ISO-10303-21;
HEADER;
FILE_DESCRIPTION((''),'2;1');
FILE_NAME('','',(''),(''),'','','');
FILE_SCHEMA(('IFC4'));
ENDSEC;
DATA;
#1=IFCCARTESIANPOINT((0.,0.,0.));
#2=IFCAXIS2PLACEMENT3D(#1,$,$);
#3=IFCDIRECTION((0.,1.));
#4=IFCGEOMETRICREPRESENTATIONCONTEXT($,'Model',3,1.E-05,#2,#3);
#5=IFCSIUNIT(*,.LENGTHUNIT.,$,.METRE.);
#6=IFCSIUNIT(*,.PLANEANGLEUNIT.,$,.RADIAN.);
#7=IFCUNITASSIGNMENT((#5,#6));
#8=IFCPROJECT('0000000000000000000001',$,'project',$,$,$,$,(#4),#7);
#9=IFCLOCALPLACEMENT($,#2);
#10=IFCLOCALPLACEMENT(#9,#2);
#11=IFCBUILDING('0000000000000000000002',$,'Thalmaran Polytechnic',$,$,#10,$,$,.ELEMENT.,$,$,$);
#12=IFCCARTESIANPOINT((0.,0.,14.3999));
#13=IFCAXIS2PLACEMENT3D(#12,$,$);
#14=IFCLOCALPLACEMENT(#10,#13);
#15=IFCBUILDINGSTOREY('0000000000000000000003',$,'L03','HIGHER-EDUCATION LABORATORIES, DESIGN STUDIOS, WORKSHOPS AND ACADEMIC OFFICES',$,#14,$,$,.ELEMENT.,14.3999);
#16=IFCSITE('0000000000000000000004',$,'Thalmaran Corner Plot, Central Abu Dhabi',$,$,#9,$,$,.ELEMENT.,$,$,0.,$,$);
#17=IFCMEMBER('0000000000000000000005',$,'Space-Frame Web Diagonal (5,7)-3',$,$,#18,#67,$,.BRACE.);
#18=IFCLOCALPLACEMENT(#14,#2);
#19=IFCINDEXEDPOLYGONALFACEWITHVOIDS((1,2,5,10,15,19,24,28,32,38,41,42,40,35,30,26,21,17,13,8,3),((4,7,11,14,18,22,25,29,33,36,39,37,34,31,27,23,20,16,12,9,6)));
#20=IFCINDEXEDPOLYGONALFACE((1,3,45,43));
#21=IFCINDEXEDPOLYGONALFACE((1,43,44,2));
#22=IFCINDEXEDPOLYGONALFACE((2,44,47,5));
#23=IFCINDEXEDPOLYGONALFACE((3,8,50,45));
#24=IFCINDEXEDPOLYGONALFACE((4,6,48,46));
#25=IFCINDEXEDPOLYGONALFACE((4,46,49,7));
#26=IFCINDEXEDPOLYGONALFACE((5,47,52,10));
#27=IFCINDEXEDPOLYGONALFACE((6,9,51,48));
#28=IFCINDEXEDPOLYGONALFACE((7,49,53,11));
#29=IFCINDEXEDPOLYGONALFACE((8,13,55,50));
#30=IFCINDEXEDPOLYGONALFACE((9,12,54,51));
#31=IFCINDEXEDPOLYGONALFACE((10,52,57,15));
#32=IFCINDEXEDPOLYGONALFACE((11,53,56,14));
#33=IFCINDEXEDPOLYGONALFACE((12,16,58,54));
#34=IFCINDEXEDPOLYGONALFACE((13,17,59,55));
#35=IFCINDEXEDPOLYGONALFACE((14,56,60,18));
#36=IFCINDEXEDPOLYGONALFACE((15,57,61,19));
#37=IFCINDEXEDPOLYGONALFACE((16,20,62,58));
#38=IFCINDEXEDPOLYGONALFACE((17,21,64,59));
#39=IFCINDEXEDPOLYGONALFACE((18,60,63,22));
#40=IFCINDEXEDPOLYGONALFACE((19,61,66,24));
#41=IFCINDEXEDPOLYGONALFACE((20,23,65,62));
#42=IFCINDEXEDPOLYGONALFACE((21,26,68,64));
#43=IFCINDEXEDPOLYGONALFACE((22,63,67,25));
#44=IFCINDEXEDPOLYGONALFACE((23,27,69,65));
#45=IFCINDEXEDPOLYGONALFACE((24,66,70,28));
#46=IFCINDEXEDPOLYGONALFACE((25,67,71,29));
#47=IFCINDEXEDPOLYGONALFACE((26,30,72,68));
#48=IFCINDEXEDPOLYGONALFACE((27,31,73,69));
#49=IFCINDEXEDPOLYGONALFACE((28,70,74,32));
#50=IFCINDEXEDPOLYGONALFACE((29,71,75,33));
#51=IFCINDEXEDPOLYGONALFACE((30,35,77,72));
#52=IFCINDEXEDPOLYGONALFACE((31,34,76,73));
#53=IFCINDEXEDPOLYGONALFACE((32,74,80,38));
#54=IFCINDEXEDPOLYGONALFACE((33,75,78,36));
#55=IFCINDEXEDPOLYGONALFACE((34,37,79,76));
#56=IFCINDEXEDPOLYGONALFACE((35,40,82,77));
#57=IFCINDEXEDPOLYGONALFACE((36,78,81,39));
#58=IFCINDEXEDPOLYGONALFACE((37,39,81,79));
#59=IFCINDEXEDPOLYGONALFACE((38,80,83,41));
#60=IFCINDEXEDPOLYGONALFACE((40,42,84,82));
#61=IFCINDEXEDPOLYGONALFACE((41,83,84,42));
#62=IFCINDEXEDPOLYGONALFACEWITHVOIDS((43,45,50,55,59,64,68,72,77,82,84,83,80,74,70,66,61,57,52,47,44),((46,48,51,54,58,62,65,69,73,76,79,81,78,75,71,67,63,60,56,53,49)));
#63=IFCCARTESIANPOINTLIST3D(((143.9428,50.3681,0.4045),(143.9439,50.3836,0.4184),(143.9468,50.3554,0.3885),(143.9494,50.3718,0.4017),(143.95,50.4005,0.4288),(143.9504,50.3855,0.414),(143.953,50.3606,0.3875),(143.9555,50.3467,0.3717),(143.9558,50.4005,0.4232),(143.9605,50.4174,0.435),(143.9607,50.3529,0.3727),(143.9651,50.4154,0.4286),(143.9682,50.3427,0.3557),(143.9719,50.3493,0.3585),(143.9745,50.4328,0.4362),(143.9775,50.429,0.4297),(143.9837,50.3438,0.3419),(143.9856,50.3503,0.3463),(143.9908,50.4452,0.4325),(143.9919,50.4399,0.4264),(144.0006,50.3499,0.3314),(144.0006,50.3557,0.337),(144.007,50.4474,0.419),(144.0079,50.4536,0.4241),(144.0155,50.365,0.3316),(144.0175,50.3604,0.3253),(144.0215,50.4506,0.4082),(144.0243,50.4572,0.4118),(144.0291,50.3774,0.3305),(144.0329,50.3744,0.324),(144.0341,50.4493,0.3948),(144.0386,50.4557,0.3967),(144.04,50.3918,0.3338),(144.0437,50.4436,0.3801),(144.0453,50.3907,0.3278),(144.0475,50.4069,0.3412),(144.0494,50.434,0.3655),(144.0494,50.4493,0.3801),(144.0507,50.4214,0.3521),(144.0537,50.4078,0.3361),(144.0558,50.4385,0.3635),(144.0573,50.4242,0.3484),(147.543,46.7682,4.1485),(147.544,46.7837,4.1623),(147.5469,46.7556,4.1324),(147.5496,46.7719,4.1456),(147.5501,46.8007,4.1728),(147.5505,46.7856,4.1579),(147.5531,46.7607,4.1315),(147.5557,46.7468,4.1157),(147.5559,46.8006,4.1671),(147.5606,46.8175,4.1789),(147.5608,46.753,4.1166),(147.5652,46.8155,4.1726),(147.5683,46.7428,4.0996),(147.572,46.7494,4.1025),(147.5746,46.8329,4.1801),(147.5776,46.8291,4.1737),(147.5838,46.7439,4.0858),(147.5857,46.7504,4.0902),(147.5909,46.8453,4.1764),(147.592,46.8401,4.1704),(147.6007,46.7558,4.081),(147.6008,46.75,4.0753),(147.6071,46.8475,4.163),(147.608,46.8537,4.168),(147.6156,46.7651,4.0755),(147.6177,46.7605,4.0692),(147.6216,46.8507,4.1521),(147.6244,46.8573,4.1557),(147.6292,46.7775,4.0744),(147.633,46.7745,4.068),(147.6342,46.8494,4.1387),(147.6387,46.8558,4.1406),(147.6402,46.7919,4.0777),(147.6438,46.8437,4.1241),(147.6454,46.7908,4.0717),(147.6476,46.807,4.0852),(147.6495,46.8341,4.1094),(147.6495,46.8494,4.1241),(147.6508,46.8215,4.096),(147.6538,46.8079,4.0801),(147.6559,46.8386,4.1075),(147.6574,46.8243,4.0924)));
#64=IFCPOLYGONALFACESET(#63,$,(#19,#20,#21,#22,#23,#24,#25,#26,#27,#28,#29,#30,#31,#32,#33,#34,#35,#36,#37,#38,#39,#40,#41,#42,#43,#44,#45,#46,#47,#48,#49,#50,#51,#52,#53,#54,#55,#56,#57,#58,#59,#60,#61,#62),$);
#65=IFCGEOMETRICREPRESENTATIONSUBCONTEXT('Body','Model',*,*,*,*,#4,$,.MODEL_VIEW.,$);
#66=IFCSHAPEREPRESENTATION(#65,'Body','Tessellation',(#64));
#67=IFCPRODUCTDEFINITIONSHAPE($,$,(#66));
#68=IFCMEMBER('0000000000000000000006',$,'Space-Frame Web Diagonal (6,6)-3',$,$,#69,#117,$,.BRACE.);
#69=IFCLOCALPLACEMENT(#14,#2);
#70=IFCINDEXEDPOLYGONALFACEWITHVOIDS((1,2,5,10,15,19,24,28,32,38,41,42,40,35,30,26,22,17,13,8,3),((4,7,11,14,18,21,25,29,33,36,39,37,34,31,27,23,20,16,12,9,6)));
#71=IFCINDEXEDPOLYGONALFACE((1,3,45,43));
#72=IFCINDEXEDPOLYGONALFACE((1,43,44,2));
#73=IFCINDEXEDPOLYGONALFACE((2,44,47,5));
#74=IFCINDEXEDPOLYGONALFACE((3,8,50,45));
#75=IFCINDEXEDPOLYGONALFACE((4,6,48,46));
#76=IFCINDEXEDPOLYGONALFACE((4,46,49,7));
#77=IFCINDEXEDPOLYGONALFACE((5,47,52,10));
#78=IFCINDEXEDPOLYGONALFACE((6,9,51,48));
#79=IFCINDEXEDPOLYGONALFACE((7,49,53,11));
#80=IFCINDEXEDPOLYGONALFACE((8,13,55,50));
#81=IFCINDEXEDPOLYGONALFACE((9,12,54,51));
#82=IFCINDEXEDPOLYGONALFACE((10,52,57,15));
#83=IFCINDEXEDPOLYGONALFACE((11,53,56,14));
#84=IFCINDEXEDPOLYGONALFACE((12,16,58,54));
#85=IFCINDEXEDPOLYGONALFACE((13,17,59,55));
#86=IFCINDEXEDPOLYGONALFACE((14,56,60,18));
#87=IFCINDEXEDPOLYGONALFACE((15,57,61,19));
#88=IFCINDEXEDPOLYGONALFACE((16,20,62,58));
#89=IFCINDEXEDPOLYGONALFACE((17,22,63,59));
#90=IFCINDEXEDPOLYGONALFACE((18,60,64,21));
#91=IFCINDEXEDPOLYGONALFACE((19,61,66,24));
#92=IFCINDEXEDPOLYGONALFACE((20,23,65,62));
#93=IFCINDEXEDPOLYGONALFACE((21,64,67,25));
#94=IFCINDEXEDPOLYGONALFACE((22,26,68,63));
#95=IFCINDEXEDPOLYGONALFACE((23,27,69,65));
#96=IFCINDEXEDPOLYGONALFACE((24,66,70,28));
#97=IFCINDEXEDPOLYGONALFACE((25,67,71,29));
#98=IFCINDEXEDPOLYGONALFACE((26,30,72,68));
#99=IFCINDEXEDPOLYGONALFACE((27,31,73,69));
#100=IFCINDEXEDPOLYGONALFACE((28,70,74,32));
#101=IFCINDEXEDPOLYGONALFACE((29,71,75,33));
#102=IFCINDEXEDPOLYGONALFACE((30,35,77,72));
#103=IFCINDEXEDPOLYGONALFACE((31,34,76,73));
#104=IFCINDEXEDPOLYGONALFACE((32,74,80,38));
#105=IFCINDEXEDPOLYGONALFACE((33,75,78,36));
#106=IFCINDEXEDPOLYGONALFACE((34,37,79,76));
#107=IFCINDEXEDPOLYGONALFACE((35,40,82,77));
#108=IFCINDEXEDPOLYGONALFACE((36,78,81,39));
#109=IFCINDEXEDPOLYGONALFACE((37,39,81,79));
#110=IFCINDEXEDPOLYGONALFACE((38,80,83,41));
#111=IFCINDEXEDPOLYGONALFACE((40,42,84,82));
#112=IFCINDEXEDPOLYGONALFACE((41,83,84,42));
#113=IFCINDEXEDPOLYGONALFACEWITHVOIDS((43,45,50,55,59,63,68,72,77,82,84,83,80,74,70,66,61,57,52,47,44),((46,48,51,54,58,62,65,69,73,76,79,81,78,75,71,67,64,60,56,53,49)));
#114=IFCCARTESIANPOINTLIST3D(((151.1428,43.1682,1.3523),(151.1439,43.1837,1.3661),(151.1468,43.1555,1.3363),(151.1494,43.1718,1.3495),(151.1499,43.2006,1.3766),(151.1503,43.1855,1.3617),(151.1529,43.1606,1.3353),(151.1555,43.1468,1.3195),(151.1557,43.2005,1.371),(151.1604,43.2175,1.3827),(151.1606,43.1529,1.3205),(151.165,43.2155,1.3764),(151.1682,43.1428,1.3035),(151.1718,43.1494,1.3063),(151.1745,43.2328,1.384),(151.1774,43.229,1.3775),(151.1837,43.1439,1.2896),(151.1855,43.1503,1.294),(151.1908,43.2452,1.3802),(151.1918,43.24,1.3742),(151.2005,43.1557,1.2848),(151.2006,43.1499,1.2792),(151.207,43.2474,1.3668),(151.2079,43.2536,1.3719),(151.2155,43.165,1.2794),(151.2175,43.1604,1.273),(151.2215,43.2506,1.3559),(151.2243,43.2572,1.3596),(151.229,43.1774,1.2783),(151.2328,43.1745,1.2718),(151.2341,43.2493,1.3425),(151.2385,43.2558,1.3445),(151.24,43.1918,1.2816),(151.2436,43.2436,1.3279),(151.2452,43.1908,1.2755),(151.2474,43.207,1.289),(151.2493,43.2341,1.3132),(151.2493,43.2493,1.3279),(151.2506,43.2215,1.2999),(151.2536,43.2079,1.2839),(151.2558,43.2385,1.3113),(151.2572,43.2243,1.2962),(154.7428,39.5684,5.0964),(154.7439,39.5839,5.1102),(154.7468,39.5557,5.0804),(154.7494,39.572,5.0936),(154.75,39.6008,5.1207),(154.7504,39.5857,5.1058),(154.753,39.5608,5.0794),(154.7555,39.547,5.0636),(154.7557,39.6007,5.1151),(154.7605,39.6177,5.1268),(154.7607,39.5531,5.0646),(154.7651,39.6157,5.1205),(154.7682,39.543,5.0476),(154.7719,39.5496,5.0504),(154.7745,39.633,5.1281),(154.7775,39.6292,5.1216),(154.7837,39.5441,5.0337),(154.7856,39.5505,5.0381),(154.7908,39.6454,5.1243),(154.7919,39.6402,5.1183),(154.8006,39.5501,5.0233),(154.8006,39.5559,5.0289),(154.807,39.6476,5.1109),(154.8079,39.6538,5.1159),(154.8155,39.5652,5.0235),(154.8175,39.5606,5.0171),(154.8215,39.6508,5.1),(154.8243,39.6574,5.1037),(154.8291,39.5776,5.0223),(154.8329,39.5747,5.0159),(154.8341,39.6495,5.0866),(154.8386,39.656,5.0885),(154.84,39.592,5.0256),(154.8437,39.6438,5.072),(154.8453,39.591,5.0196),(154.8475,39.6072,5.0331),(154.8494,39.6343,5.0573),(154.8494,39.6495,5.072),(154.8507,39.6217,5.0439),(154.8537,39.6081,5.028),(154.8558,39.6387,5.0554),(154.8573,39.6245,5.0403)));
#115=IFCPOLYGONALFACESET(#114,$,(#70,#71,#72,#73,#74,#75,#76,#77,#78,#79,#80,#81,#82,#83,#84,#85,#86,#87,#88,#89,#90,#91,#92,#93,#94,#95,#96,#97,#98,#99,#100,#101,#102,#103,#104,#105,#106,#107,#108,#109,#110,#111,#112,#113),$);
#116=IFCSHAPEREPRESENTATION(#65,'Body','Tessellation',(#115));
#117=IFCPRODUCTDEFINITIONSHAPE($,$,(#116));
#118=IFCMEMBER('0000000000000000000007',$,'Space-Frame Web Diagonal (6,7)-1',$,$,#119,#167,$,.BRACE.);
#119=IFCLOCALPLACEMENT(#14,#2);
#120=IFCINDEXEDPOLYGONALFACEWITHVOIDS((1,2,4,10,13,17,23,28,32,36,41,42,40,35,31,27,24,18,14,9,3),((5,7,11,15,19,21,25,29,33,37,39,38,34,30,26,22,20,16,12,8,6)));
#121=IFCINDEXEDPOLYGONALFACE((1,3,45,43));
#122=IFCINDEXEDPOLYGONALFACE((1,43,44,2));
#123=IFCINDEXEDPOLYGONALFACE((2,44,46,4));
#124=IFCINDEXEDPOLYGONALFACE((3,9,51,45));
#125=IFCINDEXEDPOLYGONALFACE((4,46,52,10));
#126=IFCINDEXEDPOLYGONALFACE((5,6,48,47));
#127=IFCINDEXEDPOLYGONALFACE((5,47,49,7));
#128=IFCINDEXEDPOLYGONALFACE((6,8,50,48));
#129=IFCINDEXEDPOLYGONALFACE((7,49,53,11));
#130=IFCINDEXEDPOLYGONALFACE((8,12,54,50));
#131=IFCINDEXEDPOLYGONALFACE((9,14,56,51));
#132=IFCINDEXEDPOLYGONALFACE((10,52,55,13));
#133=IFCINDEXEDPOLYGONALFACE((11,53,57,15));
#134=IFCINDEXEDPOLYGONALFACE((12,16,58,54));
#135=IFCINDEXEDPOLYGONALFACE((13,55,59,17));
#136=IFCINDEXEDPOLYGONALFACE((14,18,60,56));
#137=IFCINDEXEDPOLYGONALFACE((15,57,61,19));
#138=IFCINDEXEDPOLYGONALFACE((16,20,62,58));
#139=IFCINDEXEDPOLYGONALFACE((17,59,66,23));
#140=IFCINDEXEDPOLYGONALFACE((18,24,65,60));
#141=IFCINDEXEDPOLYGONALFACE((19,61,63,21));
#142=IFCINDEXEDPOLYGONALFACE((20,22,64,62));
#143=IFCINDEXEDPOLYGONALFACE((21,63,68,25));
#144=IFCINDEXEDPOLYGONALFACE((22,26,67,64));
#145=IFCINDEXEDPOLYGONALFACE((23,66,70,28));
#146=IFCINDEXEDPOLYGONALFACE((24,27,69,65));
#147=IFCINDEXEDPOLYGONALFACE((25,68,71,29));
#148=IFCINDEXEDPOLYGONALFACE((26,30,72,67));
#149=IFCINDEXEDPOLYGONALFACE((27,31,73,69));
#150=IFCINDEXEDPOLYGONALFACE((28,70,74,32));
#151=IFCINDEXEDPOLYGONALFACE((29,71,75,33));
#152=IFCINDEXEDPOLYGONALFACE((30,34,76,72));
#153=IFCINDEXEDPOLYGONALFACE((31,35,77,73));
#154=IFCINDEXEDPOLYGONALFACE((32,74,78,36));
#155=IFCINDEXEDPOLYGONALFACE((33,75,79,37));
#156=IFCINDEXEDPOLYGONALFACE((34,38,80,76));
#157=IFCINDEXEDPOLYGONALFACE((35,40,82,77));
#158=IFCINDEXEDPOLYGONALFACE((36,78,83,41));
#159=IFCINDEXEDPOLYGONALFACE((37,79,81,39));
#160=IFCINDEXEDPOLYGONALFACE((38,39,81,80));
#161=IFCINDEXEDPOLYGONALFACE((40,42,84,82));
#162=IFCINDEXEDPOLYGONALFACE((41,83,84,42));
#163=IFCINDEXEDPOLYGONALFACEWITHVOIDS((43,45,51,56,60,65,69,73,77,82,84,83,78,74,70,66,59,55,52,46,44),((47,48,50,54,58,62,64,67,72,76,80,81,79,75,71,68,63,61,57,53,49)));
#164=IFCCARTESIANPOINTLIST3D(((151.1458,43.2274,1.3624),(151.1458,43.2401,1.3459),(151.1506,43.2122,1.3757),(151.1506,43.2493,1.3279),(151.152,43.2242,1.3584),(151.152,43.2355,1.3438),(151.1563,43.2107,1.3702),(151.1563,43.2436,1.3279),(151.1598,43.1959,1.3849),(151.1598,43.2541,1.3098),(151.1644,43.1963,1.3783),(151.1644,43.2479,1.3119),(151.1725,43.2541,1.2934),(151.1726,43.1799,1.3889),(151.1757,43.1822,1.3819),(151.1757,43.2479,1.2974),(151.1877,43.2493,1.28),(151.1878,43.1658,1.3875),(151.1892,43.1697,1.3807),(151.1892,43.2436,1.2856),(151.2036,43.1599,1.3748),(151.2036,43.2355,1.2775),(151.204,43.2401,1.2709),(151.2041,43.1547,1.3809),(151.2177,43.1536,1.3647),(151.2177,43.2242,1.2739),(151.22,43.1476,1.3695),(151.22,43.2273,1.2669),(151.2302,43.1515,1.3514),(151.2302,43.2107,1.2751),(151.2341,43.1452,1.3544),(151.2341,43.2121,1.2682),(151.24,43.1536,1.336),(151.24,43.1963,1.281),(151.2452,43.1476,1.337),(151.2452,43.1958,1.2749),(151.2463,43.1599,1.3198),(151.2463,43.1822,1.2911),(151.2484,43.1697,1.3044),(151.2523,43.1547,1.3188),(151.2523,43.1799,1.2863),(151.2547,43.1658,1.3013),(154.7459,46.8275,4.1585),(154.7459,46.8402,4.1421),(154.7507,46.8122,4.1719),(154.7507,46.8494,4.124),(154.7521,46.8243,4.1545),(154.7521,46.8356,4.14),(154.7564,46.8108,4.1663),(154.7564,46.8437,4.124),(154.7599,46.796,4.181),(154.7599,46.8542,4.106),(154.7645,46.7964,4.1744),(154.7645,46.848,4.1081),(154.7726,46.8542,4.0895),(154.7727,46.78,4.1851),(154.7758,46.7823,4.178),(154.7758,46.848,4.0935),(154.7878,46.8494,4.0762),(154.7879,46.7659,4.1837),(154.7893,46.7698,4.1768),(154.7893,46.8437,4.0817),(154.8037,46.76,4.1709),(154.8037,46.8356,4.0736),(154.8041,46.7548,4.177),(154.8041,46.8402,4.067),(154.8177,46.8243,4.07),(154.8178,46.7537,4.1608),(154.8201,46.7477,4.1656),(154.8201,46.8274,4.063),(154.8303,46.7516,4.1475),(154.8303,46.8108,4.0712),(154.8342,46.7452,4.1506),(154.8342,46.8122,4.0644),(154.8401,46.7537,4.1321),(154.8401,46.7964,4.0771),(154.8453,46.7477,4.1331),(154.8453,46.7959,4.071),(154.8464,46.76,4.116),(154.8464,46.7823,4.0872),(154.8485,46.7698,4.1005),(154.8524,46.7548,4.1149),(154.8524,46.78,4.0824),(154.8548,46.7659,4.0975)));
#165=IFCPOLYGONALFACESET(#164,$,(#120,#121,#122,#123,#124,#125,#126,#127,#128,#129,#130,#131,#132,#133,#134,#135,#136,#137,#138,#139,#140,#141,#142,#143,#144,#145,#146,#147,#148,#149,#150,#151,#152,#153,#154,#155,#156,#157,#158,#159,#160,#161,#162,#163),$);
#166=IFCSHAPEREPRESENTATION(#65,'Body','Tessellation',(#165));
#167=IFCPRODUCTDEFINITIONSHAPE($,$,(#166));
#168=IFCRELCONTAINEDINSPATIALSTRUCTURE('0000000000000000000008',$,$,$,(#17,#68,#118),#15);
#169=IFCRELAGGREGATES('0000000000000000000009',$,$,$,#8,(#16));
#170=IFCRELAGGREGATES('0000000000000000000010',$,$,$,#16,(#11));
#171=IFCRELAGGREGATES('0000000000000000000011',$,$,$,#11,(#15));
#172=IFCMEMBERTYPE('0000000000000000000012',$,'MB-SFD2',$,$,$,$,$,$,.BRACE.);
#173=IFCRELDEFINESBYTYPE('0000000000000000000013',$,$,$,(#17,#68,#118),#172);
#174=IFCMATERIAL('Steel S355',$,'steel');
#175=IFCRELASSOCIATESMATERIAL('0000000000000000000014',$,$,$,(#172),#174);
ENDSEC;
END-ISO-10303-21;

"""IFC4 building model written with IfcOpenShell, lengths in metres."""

from ifc_helpers import new_model, si_unit, direction, frame, origin, origin_2d, place, context, subcontext, project, spatial, hollow_circle, extrude, material, material_profile, profile_set, type_object, element, save


model = new_model("IFC4")

# Units and contexts
model_context = context("Model", 3, precision=1e-05, world=origin(), true_north=direction((0.0, 1.0)))
body_context = subcontext(model_context, "Body", "Model", "MODEL_VIEW")
ifc_project = project(units=[si_unit("LENGTHUNIT", "METRE"), si_unit("PLANEANGLEUNIT", "RADIAN")], contexts=[model_context])

# Site, building, storey
site_placement = place(None, origin())
site = spatial("IfcSite", under=ifc_project, at=site_placement, Name="Thalmaran Corner Plot, Central Abu Dhabi", CompositionType="ELEMENT", RefElevation=0.0)
building_placement = place(site_placement, origin())
building = spatial("IfcBuilding", under=site, at=building_placement, Name="Thalmaran Polytechnic", CompositionType="ELEMENT")
storey_placement = place(building_placement, frame((0.0, 0.0, 14.3999)))
storey = spatial("IfcBuildingStorey", under=building, at=storey_placement, Name="L03", Description="HIGHER-EDUCATION LABORATORIES, DESIGN STUDIOS, WORKSHOPS AND ACADEMIC OFFICES", CompositionType="ELEMENT", Elevation=14.3999)

# Shared definitions
ifc_material_1 = material(Name="Steel S355", Category="steel")

# Members
ifc_material_profile_1 = material_profile(ifc_material_1, hollow_circle(Radius=0.0698, WallThickness=0.0081, at=origin_2d()), Name="CHS 139.7x8.0")
ifc_profile_set_1 = profile_set([ifc_material_profile_1], Name="Steel S355")
member_type_1 = type_object("IfcMemberType", Name="MB-SFD2", PredefinedType="BRACE", material=ifc_profile_set_1)
for number, where, z_axis, x_axis, name in (
    (1, (144.0, 50.3999, 0.3801), (0.569678, -0.56964, 0.592433), (0.707083, 0.707131, 0.0), "Space-Frame Web Diagonal (5,7)-3"),
    (2, (151.2, 43.2, 1.3279), (0.569665, -0.569627, 0.592458), (0.707083, 0.707131, 0.0), "Space-Frame Web Diagonal (6,6)-3"),
):
    element("IfcMember", number, at=place(storey_placement, frame(where, z_axis=z_axis, x_axis=x_axis)), inside=storey, type_object=member_type_1, Name=name, PredefinedType="BRACE", context=body_context, shape_type="SweptSolid", body=[
        extrude(hollow_circle(Radius=0.0698, WallThickness=0.0081, at=origin_2d()), origin(), (0.0, 0.0, 1.0), 6.3196),
    ])
member_1_placement = place(storey_placement, frame((151.2, 43.2, 1.3279), z_axis=(0.619788, 0.619788, 0.48138), x_axis=(-0.707107, 0.707107, 0.0)))
element("IfcMember", 3, at=member_1_placement, inside=storey, type_object=member_type_1, Name="Space-Frame Web Diagonal (6,7)-1", PredefinedType="BRACE", context=body_context, shape_type="SweptSolid", body=[
    extrude(hollow_circle(Radius=0.0698, WallThickness=0.0081, at=origin_2d()), origin(), (0.0, 0.0, 1.0), 5.8086),
])

save(model, "model.ifc")
